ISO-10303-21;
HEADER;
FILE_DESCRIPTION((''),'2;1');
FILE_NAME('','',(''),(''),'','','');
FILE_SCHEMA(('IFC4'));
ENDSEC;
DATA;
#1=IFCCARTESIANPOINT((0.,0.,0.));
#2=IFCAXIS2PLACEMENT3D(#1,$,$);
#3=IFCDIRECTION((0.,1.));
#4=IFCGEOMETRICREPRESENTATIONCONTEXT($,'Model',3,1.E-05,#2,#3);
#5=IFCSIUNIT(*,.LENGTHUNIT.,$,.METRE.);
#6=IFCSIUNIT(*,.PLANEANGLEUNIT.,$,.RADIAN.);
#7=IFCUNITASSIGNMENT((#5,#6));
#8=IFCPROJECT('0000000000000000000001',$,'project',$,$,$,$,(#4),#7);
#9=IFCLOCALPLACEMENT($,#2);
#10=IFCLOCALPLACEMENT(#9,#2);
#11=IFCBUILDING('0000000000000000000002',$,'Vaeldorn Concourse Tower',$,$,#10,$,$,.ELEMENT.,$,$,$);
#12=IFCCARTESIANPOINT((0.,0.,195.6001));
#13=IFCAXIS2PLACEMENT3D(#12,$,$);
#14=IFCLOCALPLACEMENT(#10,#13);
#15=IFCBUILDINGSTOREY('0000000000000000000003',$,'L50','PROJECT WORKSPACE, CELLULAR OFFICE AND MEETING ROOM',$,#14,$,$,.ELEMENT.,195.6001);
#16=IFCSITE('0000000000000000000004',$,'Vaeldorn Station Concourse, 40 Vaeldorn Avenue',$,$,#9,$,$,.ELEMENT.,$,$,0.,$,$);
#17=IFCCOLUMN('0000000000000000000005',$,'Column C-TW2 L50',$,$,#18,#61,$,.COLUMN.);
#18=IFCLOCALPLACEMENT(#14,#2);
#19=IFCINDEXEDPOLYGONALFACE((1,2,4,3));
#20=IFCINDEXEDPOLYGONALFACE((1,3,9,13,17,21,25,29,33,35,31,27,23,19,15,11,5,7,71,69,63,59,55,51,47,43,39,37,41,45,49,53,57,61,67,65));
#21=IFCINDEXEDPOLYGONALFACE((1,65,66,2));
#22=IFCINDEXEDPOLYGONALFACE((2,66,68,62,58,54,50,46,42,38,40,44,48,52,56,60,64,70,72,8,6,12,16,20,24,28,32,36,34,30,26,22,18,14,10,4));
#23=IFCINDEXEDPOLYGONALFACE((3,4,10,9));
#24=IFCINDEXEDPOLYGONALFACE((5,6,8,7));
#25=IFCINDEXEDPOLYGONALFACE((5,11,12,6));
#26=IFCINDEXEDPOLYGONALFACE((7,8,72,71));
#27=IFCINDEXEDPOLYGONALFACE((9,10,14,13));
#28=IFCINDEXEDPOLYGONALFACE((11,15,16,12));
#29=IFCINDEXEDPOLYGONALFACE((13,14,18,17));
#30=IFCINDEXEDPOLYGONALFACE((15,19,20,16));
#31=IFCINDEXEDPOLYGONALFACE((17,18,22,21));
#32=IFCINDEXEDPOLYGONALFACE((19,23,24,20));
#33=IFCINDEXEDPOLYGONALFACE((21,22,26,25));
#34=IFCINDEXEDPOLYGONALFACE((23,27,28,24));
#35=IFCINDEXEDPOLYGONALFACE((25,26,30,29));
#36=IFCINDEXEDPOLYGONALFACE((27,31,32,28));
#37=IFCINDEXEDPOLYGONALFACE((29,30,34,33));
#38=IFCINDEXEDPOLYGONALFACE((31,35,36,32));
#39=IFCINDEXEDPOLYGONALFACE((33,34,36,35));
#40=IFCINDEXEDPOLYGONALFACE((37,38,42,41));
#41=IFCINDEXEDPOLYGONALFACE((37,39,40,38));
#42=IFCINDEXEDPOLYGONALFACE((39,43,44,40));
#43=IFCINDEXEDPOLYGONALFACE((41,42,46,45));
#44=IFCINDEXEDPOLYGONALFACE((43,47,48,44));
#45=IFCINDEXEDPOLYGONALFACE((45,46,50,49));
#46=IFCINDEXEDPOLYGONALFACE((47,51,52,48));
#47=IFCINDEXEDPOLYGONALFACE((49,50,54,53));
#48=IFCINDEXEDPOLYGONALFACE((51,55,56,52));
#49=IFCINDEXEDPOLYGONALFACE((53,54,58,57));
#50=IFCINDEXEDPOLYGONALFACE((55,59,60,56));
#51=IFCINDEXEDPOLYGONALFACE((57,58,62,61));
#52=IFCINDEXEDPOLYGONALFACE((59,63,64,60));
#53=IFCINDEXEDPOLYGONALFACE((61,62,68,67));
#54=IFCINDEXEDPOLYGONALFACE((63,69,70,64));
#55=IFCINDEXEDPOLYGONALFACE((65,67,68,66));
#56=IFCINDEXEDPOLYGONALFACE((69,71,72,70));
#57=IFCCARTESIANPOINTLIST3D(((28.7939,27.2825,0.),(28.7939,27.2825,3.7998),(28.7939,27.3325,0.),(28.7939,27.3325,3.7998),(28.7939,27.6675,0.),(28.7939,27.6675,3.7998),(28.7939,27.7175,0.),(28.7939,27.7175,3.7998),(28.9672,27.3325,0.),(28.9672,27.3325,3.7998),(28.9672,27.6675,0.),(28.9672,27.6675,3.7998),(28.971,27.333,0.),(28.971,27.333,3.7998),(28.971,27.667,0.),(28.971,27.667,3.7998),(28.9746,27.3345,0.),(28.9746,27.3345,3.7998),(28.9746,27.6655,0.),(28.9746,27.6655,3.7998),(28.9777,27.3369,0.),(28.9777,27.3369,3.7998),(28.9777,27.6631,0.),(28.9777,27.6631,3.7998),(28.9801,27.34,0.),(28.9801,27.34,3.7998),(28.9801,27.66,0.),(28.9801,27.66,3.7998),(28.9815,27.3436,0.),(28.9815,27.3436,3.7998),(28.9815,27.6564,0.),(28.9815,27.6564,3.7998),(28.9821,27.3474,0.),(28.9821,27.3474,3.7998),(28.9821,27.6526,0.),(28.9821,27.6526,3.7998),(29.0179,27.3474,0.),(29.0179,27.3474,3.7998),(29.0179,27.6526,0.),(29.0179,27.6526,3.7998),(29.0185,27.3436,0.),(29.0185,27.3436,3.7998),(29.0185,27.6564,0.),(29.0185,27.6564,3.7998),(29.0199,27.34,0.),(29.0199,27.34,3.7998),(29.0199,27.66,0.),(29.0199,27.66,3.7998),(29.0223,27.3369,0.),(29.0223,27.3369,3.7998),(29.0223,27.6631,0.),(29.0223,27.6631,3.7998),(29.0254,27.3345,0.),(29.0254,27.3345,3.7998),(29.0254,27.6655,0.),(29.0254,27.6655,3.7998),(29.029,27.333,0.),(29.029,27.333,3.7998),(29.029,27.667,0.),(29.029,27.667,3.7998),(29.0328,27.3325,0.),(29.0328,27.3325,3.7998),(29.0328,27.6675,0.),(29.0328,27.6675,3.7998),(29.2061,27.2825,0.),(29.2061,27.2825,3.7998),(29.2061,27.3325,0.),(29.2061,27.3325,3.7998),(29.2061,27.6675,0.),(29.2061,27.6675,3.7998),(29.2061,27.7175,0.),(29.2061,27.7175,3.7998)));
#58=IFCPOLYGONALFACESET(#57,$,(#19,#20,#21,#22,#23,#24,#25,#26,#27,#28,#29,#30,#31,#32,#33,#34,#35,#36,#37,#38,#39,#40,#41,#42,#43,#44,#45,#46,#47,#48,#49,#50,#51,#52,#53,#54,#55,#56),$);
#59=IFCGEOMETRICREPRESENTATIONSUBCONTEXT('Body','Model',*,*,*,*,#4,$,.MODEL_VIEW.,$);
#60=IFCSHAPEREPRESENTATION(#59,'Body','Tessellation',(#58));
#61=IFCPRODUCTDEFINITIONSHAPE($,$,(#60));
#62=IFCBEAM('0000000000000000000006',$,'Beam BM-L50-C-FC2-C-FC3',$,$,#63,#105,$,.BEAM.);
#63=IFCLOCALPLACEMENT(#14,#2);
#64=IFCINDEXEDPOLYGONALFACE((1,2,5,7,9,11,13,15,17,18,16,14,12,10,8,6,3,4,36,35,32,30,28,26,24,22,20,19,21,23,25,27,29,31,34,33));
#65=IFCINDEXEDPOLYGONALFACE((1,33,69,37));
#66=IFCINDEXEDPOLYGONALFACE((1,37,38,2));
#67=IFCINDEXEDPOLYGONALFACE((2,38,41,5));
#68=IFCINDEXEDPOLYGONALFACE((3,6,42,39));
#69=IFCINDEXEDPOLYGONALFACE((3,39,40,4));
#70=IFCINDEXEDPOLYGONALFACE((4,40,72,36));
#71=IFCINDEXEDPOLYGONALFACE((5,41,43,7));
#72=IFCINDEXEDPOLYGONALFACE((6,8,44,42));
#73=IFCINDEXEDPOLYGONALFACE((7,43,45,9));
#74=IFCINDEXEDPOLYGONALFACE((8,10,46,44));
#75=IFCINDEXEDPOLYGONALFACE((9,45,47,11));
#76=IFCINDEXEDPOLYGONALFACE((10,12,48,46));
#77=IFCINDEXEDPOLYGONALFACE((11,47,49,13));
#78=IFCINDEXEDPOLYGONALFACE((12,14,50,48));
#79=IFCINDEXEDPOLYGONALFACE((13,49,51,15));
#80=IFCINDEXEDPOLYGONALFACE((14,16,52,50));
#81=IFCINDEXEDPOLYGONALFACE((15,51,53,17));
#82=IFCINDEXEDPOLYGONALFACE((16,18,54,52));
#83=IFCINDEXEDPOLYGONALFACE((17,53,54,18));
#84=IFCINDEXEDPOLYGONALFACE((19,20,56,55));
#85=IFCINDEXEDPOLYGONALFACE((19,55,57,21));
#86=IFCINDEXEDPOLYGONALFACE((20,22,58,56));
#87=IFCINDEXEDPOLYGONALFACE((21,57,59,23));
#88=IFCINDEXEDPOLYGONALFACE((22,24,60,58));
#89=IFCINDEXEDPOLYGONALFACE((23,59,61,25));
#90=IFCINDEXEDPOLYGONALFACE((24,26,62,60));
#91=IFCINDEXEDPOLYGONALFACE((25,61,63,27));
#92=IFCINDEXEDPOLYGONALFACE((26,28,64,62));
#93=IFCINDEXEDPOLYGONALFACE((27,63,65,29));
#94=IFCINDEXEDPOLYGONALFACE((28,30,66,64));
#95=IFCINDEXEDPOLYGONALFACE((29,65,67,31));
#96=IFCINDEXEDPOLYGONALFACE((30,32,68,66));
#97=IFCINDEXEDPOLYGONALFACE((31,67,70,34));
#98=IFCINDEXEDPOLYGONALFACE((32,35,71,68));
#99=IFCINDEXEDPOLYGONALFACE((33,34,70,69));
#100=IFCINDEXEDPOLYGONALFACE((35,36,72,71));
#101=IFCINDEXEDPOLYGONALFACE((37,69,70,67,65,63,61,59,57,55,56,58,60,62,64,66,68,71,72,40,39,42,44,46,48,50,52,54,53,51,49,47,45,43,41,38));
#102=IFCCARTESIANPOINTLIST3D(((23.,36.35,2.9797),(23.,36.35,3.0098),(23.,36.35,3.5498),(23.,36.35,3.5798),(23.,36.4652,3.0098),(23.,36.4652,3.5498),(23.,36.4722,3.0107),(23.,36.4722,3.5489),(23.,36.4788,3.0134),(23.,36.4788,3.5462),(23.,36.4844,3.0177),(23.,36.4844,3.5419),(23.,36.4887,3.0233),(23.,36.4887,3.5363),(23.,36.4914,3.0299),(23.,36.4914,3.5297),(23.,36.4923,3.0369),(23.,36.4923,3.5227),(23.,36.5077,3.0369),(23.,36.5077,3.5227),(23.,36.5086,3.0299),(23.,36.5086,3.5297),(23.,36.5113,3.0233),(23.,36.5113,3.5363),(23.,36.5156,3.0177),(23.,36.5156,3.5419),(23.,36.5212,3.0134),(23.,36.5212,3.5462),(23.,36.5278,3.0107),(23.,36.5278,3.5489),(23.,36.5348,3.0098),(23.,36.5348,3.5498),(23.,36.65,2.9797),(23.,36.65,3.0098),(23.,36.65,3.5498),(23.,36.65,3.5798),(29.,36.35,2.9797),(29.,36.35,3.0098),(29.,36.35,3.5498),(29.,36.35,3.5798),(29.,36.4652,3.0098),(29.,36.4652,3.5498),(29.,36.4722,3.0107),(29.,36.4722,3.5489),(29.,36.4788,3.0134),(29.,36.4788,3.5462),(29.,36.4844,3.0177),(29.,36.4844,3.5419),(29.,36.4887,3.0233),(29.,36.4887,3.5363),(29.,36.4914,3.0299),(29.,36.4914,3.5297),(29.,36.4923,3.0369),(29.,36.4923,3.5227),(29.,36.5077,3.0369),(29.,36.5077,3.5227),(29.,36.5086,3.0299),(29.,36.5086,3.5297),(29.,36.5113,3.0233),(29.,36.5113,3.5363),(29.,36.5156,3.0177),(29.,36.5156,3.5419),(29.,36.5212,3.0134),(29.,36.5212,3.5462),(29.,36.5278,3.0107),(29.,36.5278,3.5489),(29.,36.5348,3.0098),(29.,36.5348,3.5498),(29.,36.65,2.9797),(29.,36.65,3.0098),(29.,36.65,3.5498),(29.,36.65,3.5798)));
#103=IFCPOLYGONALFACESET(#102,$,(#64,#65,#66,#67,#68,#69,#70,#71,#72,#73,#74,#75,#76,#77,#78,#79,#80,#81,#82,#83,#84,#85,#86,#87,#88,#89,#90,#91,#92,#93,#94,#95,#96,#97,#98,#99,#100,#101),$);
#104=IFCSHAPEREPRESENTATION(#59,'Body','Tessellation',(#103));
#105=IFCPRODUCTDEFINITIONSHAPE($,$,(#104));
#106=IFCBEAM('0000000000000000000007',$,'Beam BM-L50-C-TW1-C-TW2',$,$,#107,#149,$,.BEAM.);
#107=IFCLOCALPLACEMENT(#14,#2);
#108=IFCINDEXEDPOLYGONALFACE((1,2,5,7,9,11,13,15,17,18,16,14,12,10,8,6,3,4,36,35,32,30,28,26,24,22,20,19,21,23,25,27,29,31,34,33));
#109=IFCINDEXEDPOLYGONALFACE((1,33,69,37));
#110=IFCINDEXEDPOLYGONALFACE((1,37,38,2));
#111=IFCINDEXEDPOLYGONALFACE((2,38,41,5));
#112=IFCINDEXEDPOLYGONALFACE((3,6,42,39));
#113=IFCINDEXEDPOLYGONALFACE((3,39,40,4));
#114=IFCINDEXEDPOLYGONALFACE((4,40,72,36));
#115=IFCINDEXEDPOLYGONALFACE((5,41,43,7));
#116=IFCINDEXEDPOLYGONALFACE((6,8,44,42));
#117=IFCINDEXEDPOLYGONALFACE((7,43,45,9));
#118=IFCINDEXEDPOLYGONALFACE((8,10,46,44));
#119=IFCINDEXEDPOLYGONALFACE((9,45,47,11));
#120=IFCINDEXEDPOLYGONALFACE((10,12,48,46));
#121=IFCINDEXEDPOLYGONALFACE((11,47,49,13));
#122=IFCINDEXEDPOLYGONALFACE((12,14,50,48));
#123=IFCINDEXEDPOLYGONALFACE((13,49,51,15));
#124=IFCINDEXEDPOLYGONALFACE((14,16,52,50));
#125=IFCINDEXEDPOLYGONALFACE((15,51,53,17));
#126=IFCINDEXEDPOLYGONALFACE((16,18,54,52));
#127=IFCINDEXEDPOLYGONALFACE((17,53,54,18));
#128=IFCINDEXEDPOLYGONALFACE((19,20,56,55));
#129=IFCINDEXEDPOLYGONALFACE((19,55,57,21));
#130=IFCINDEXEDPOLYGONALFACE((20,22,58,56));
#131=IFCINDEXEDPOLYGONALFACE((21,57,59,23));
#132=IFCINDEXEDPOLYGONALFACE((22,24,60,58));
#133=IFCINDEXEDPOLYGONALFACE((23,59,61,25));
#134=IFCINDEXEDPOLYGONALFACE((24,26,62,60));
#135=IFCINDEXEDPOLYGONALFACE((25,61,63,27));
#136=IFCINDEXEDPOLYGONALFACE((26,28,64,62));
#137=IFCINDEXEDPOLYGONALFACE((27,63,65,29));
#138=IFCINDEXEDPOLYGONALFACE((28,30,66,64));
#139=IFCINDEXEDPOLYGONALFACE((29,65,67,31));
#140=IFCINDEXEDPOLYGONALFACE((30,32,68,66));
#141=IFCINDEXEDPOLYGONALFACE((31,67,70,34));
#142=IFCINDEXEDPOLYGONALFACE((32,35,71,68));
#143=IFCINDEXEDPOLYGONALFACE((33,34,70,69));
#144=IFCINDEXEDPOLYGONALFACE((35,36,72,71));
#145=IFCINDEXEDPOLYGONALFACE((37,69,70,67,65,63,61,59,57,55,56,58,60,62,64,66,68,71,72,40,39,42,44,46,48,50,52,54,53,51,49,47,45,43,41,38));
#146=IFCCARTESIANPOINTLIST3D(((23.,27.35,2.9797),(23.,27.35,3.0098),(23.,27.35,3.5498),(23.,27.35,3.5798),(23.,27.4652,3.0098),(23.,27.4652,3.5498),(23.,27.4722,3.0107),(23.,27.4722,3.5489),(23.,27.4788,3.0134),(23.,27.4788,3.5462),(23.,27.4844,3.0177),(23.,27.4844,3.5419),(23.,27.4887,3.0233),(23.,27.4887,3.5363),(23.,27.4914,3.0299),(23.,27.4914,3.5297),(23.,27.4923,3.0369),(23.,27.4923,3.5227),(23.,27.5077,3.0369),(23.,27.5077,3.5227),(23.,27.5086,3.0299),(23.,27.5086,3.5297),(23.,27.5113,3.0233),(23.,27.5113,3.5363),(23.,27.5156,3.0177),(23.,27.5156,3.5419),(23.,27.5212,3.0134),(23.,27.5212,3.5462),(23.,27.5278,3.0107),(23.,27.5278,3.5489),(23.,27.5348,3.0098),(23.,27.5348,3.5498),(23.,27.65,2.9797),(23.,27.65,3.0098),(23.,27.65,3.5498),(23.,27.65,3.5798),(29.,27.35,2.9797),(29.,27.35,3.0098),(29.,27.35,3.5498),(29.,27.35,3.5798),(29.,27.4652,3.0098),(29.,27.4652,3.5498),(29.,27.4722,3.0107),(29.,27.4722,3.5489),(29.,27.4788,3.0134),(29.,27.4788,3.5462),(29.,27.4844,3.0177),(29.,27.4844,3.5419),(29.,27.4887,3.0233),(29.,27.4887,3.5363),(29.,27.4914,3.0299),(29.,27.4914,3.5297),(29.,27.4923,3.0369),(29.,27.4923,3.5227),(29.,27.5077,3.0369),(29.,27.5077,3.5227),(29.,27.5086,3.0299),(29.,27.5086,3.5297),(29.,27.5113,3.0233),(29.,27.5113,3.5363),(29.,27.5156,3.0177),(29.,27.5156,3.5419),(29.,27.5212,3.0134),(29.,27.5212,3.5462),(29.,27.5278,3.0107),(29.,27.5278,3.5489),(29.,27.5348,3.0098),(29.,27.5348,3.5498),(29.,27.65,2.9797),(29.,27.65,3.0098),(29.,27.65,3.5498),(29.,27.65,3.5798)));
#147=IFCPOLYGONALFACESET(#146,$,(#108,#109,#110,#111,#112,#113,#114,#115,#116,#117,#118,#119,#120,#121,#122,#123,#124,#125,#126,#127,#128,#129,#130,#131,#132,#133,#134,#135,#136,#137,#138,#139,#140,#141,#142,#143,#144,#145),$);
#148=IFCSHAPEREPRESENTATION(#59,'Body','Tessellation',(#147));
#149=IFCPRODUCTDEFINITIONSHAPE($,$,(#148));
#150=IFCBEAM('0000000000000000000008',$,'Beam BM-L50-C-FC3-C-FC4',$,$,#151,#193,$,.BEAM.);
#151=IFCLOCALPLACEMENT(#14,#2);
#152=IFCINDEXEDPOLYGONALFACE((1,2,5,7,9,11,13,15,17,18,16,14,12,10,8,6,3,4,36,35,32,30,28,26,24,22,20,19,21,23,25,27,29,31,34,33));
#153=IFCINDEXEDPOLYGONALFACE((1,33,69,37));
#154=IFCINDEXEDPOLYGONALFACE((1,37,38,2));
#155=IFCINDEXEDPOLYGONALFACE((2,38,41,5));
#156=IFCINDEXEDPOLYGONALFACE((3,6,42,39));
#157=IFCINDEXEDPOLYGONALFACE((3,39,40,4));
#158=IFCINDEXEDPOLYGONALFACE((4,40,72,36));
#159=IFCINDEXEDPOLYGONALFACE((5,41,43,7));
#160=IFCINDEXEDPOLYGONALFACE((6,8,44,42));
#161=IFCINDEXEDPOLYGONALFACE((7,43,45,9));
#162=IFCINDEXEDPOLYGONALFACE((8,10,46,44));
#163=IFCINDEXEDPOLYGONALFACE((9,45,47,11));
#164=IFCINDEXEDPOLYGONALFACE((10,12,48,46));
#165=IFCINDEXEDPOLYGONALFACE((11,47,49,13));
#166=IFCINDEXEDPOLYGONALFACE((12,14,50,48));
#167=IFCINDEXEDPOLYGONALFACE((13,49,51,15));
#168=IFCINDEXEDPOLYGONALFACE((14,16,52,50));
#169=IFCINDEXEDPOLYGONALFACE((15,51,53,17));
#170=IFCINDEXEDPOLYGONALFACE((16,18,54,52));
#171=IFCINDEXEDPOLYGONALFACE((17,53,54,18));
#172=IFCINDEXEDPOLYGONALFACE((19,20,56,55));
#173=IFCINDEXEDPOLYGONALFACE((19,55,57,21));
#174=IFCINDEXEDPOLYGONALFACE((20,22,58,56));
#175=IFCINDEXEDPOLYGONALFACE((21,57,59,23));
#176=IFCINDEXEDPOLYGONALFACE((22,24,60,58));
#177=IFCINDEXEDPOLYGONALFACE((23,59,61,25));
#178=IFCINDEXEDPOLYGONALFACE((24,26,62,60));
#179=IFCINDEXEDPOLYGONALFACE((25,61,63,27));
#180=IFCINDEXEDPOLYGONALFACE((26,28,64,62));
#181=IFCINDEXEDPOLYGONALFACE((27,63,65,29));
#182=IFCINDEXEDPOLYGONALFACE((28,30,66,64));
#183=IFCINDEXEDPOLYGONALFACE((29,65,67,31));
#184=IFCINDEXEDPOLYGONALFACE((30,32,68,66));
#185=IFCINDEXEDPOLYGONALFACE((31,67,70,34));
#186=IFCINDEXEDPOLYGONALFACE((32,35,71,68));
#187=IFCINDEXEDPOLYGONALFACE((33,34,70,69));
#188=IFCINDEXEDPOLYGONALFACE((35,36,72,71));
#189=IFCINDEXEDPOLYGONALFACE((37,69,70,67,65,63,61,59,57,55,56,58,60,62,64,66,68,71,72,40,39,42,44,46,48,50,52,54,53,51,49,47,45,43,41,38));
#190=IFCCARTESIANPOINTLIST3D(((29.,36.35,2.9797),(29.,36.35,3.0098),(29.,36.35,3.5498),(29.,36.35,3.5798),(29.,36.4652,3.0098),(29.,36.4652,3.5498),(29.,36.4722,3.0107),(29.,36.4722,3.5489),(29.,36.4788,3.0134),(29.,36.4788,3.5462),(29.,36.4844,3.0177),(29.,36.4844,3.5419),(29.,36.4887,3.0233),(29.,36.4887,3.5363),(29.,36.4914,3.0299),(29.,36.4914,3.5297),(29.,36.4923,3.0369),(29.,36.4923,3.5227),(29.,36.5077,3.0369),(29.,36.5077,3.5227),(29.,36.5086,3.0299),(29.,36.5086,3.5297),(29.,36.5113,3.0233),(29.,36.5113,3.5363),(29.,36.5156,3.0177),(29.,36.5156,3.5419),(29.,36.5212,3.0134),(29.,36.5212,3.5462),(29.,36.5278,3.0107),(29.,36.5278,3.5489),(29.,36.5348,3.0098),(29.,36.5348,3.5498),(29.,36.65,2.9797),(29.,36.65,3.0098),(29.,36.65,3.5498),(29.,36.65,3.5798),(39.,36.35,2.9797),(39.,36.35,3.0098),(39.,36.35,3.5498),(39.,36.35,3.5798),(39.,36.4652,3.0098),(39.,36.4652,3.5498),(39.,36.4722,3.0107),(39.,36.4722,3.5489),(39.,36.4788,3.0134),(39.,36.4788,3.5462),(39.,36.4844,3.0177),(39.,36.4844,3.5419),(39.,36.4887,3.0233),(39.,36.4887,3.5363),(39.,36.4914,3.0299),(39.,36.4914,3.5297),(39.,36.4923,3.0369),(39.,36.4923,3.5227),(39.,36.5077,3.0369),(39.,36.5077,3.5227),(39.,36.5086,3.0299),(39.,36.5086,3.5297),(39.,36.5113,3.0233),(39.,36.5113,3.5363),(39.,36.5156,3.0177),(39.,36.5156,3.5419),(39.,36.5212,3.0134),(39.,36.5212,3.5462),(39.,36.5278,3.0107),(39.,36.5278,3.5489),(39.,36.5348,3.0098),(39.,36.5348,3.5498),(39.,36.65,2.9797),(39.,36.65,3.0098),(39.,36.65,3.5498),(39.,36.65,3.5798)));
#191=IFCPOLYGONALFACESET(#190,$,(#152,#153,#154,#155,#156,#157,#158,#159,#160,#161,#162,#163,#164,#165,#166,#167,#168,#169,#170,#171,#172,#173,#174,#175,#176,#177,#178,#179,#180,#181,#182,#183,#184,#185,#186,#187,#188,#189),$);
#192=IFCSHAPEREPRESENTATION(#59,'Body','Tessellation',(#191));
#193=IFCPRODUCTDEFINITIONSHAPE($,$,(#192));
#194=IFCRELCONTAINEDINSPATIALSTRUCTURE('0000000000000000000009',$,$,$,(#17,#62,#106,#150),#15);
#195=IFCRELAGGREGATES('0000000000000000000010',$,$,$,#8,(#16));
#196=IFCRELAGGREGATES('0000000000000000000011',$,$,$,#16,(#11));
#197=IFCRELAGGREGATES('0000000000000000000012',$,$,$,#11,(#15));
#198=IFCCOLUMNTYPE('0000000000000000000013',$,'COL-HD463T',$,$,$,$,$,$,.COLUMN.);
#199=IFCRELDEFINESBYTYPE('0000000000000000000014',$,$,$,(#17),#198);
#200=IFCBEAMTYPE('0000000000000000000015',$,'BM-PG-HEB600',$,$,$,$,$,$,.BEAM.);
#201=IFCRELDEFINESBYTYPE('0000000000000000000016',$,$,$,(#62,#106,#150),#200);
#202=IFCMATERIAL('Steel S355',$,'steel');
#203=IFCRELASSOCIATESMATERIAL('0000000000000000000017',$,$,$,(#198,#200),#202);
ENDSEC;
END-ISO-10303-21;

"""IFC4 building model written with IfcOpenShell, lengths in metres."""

from ifc_helpers import new_model, si_unit, direction, frame, origin, origin_2d, place, context, subcontext, project, spatial, i_section, extrude, source, transform, mapped, material, material_profile, profile_set, type_object, element, save


model = new_model("IFC4")

# Units and contexts
model_context = context("Model", 3, precision=1e-05, world=origin(), true_north=direction((0.0, 1.0)))
body_context = subcontext(model_context, "Body", "Model", "MODEL_VIEW")
ifc_project = project(units=[si_unit("LENGTHUNIT", "METRE"), si_unit("PLANEANGLEUNIT", "RADIAN")], contexts=[model_context])

# Site, building, storey
site_placement = place(None, origin())
site = spatial("IfcSite", under=ifc_project, at=site_placement, Name="Vaeldorn Station Concourse, 40 Vaeldorn Avenue", CompositionType="ELEMENT", RefElevation=0.0)
building_placement = place(site_placement, origin())
building = spatial("IfcBuilding", under=site, at=building_placement, Name="Vaeldorn Concourse Tower", CompositionType="ELEMENT")
storey_placement = place(building_placement, frame((0.0, 0.0, 195.6001)))
storey = spatial("IfcBuildingStorey", under=building, at=storey_placement, Name="L50", Description="PROJECT WORKSPACE, CELLULAR OFFICE AND MEETING ROOM", CompositionType="ELEMENT", Elevation=195.6001)

# Column
ifc_material_1 = material(Name="Steel S355", Category="steel")
ifc_material_profile_1 = material_profile(ifc_material_1, i_section(OverallWidth=0.4121, OverallDepth=0.4351, WebThickness=0.0359, FlangeThickness=0.05, FilletRadius=0.0149, at=origin_2d()), Name="HD 400x463")
ifc_profile_set_1 = profile_set([ifc_material_profile_1], Name="Steel S355")
column_type_1 = type_object("IfcColumnType", Name="COL-HD463T", PredefinedType="COLUMN", material=ifc_profile_set_1)
shared_shape_1 = source(origin(), body_context, "Body", "SweptSolid", [
    extrude(i_section(OverallWidth=0.4121, OverallDepth=0.4351, WebThickness=0.0359, FlangeThickness=0.05, FilletRadius=0.0149, at=origin_2d()), origin(), (0.0, 0.0, 1.0), 3.7998),
])
column_1_placement = place(storey_placement, frame((29.0, 27.5, 0.0), z_axis=(0.0, 0.0, 1.0), x_axis=(1.0, 0.0, 0.0)))
element("IfcColumn", 1, at=column_1_placement, inside=storey, type_object=column_type_1, Name="Column C-TW2 L50", PredefinedType="COLUMN", context=body_context, shape_type="MappedRepresentation", body=[
    mapped(shared_shape_1, transform((0.0, 0.0, 0.0), scale=1.0)),
])

# Beams
ifc_material_profile_2 = material_profile(ifc_material_1, i_section(OverallWidth=0.3, OverallDepth=0.6001, WebThickness=0.0154, FlangeThickness=0.03, FilletRadius=0.0271, at=origin_2d()), Name="HEB 600")
ifc_profile_set_2 = profile_set([ifc_material_profile_2], Name="Steel S355")
beam_type_1 = type_object("IfcBeamType", Name="BM-PG-HEB600", PredefinedType="BEAM", material=ifc_profile_set_2)
shared_shape_2 = source(origin(), body_context, "Body", "SweptSolid", [
    extrude(i_section(OverallWidth=0.3, OverallDepth=0.6001, WebThickness=0.0154, FlangeThickness=0.03, FilletRadius=0.0271, at=origin_2d()), origin(), (0.0, 0.0, 1.0), 6.0),
])
for number, where, z_axis, x_axis, name in (
    (2, (23.0, 36.5, 3.2798), (1.0, 0.0, 0.0), (0.0, 1.0, 0.0), "Beam BM-L50-C-FC2-C-FC3"),
    (3, (23.0, 27.5, 3.2798), (1.0, 0.0, 0.0), (0.0, 1.0, 0.0), "Beam BM-L50-C-TW1-C-TW2"),
):
    element("IfcBeam", number, at=place(storey_placement, frame(where, z_axis=z_axis, x_axis=x_axis)), inside=storey, type_object=beam_type_1, Name=name, PredefinedType="BEAM", context=body_context, shape_type="MappedRepresentation", body=[
        mapped(shared_shape_2, transform((0.0, 0.0, 0.0), scale=1.0)),
    ])
shared_shape_3 = source(origin(), body_context, "Body", "SweptSolid", [
    extrude(i_section(OverallWidth=0.3, OverallDepth=0.6001, WebThickness=0.0154, FlangeThickness=0.03, FilletRadius=0.0271, at=origin_2d()), origin(), (0.0, 0.0, 1.0), 10.0),
])
for number, where, z_axis, x_axis, name in (
    (4, (29.0, 36.5, 3.2798), (1.0, 0.0, 0.0), (0.0, 1.0, 0.0), "Beam BM-L50-C-FC3-C-FC4"),
):
    element("IfcBeam", number, at=place(storey_placement, frame(where, z_axis=z_axis, x_axis=x_axis)), inside=storey, type_object=beam_type_1, Name=name, PredefinedType="BEAM", context=body_context, shape_type="MappedRepresentation", body=[
        mapped(shared_shape_3, transform((0.0, 0.0, 0.0), scale=1.0)),
    ])

save(model, "model.ifc")
